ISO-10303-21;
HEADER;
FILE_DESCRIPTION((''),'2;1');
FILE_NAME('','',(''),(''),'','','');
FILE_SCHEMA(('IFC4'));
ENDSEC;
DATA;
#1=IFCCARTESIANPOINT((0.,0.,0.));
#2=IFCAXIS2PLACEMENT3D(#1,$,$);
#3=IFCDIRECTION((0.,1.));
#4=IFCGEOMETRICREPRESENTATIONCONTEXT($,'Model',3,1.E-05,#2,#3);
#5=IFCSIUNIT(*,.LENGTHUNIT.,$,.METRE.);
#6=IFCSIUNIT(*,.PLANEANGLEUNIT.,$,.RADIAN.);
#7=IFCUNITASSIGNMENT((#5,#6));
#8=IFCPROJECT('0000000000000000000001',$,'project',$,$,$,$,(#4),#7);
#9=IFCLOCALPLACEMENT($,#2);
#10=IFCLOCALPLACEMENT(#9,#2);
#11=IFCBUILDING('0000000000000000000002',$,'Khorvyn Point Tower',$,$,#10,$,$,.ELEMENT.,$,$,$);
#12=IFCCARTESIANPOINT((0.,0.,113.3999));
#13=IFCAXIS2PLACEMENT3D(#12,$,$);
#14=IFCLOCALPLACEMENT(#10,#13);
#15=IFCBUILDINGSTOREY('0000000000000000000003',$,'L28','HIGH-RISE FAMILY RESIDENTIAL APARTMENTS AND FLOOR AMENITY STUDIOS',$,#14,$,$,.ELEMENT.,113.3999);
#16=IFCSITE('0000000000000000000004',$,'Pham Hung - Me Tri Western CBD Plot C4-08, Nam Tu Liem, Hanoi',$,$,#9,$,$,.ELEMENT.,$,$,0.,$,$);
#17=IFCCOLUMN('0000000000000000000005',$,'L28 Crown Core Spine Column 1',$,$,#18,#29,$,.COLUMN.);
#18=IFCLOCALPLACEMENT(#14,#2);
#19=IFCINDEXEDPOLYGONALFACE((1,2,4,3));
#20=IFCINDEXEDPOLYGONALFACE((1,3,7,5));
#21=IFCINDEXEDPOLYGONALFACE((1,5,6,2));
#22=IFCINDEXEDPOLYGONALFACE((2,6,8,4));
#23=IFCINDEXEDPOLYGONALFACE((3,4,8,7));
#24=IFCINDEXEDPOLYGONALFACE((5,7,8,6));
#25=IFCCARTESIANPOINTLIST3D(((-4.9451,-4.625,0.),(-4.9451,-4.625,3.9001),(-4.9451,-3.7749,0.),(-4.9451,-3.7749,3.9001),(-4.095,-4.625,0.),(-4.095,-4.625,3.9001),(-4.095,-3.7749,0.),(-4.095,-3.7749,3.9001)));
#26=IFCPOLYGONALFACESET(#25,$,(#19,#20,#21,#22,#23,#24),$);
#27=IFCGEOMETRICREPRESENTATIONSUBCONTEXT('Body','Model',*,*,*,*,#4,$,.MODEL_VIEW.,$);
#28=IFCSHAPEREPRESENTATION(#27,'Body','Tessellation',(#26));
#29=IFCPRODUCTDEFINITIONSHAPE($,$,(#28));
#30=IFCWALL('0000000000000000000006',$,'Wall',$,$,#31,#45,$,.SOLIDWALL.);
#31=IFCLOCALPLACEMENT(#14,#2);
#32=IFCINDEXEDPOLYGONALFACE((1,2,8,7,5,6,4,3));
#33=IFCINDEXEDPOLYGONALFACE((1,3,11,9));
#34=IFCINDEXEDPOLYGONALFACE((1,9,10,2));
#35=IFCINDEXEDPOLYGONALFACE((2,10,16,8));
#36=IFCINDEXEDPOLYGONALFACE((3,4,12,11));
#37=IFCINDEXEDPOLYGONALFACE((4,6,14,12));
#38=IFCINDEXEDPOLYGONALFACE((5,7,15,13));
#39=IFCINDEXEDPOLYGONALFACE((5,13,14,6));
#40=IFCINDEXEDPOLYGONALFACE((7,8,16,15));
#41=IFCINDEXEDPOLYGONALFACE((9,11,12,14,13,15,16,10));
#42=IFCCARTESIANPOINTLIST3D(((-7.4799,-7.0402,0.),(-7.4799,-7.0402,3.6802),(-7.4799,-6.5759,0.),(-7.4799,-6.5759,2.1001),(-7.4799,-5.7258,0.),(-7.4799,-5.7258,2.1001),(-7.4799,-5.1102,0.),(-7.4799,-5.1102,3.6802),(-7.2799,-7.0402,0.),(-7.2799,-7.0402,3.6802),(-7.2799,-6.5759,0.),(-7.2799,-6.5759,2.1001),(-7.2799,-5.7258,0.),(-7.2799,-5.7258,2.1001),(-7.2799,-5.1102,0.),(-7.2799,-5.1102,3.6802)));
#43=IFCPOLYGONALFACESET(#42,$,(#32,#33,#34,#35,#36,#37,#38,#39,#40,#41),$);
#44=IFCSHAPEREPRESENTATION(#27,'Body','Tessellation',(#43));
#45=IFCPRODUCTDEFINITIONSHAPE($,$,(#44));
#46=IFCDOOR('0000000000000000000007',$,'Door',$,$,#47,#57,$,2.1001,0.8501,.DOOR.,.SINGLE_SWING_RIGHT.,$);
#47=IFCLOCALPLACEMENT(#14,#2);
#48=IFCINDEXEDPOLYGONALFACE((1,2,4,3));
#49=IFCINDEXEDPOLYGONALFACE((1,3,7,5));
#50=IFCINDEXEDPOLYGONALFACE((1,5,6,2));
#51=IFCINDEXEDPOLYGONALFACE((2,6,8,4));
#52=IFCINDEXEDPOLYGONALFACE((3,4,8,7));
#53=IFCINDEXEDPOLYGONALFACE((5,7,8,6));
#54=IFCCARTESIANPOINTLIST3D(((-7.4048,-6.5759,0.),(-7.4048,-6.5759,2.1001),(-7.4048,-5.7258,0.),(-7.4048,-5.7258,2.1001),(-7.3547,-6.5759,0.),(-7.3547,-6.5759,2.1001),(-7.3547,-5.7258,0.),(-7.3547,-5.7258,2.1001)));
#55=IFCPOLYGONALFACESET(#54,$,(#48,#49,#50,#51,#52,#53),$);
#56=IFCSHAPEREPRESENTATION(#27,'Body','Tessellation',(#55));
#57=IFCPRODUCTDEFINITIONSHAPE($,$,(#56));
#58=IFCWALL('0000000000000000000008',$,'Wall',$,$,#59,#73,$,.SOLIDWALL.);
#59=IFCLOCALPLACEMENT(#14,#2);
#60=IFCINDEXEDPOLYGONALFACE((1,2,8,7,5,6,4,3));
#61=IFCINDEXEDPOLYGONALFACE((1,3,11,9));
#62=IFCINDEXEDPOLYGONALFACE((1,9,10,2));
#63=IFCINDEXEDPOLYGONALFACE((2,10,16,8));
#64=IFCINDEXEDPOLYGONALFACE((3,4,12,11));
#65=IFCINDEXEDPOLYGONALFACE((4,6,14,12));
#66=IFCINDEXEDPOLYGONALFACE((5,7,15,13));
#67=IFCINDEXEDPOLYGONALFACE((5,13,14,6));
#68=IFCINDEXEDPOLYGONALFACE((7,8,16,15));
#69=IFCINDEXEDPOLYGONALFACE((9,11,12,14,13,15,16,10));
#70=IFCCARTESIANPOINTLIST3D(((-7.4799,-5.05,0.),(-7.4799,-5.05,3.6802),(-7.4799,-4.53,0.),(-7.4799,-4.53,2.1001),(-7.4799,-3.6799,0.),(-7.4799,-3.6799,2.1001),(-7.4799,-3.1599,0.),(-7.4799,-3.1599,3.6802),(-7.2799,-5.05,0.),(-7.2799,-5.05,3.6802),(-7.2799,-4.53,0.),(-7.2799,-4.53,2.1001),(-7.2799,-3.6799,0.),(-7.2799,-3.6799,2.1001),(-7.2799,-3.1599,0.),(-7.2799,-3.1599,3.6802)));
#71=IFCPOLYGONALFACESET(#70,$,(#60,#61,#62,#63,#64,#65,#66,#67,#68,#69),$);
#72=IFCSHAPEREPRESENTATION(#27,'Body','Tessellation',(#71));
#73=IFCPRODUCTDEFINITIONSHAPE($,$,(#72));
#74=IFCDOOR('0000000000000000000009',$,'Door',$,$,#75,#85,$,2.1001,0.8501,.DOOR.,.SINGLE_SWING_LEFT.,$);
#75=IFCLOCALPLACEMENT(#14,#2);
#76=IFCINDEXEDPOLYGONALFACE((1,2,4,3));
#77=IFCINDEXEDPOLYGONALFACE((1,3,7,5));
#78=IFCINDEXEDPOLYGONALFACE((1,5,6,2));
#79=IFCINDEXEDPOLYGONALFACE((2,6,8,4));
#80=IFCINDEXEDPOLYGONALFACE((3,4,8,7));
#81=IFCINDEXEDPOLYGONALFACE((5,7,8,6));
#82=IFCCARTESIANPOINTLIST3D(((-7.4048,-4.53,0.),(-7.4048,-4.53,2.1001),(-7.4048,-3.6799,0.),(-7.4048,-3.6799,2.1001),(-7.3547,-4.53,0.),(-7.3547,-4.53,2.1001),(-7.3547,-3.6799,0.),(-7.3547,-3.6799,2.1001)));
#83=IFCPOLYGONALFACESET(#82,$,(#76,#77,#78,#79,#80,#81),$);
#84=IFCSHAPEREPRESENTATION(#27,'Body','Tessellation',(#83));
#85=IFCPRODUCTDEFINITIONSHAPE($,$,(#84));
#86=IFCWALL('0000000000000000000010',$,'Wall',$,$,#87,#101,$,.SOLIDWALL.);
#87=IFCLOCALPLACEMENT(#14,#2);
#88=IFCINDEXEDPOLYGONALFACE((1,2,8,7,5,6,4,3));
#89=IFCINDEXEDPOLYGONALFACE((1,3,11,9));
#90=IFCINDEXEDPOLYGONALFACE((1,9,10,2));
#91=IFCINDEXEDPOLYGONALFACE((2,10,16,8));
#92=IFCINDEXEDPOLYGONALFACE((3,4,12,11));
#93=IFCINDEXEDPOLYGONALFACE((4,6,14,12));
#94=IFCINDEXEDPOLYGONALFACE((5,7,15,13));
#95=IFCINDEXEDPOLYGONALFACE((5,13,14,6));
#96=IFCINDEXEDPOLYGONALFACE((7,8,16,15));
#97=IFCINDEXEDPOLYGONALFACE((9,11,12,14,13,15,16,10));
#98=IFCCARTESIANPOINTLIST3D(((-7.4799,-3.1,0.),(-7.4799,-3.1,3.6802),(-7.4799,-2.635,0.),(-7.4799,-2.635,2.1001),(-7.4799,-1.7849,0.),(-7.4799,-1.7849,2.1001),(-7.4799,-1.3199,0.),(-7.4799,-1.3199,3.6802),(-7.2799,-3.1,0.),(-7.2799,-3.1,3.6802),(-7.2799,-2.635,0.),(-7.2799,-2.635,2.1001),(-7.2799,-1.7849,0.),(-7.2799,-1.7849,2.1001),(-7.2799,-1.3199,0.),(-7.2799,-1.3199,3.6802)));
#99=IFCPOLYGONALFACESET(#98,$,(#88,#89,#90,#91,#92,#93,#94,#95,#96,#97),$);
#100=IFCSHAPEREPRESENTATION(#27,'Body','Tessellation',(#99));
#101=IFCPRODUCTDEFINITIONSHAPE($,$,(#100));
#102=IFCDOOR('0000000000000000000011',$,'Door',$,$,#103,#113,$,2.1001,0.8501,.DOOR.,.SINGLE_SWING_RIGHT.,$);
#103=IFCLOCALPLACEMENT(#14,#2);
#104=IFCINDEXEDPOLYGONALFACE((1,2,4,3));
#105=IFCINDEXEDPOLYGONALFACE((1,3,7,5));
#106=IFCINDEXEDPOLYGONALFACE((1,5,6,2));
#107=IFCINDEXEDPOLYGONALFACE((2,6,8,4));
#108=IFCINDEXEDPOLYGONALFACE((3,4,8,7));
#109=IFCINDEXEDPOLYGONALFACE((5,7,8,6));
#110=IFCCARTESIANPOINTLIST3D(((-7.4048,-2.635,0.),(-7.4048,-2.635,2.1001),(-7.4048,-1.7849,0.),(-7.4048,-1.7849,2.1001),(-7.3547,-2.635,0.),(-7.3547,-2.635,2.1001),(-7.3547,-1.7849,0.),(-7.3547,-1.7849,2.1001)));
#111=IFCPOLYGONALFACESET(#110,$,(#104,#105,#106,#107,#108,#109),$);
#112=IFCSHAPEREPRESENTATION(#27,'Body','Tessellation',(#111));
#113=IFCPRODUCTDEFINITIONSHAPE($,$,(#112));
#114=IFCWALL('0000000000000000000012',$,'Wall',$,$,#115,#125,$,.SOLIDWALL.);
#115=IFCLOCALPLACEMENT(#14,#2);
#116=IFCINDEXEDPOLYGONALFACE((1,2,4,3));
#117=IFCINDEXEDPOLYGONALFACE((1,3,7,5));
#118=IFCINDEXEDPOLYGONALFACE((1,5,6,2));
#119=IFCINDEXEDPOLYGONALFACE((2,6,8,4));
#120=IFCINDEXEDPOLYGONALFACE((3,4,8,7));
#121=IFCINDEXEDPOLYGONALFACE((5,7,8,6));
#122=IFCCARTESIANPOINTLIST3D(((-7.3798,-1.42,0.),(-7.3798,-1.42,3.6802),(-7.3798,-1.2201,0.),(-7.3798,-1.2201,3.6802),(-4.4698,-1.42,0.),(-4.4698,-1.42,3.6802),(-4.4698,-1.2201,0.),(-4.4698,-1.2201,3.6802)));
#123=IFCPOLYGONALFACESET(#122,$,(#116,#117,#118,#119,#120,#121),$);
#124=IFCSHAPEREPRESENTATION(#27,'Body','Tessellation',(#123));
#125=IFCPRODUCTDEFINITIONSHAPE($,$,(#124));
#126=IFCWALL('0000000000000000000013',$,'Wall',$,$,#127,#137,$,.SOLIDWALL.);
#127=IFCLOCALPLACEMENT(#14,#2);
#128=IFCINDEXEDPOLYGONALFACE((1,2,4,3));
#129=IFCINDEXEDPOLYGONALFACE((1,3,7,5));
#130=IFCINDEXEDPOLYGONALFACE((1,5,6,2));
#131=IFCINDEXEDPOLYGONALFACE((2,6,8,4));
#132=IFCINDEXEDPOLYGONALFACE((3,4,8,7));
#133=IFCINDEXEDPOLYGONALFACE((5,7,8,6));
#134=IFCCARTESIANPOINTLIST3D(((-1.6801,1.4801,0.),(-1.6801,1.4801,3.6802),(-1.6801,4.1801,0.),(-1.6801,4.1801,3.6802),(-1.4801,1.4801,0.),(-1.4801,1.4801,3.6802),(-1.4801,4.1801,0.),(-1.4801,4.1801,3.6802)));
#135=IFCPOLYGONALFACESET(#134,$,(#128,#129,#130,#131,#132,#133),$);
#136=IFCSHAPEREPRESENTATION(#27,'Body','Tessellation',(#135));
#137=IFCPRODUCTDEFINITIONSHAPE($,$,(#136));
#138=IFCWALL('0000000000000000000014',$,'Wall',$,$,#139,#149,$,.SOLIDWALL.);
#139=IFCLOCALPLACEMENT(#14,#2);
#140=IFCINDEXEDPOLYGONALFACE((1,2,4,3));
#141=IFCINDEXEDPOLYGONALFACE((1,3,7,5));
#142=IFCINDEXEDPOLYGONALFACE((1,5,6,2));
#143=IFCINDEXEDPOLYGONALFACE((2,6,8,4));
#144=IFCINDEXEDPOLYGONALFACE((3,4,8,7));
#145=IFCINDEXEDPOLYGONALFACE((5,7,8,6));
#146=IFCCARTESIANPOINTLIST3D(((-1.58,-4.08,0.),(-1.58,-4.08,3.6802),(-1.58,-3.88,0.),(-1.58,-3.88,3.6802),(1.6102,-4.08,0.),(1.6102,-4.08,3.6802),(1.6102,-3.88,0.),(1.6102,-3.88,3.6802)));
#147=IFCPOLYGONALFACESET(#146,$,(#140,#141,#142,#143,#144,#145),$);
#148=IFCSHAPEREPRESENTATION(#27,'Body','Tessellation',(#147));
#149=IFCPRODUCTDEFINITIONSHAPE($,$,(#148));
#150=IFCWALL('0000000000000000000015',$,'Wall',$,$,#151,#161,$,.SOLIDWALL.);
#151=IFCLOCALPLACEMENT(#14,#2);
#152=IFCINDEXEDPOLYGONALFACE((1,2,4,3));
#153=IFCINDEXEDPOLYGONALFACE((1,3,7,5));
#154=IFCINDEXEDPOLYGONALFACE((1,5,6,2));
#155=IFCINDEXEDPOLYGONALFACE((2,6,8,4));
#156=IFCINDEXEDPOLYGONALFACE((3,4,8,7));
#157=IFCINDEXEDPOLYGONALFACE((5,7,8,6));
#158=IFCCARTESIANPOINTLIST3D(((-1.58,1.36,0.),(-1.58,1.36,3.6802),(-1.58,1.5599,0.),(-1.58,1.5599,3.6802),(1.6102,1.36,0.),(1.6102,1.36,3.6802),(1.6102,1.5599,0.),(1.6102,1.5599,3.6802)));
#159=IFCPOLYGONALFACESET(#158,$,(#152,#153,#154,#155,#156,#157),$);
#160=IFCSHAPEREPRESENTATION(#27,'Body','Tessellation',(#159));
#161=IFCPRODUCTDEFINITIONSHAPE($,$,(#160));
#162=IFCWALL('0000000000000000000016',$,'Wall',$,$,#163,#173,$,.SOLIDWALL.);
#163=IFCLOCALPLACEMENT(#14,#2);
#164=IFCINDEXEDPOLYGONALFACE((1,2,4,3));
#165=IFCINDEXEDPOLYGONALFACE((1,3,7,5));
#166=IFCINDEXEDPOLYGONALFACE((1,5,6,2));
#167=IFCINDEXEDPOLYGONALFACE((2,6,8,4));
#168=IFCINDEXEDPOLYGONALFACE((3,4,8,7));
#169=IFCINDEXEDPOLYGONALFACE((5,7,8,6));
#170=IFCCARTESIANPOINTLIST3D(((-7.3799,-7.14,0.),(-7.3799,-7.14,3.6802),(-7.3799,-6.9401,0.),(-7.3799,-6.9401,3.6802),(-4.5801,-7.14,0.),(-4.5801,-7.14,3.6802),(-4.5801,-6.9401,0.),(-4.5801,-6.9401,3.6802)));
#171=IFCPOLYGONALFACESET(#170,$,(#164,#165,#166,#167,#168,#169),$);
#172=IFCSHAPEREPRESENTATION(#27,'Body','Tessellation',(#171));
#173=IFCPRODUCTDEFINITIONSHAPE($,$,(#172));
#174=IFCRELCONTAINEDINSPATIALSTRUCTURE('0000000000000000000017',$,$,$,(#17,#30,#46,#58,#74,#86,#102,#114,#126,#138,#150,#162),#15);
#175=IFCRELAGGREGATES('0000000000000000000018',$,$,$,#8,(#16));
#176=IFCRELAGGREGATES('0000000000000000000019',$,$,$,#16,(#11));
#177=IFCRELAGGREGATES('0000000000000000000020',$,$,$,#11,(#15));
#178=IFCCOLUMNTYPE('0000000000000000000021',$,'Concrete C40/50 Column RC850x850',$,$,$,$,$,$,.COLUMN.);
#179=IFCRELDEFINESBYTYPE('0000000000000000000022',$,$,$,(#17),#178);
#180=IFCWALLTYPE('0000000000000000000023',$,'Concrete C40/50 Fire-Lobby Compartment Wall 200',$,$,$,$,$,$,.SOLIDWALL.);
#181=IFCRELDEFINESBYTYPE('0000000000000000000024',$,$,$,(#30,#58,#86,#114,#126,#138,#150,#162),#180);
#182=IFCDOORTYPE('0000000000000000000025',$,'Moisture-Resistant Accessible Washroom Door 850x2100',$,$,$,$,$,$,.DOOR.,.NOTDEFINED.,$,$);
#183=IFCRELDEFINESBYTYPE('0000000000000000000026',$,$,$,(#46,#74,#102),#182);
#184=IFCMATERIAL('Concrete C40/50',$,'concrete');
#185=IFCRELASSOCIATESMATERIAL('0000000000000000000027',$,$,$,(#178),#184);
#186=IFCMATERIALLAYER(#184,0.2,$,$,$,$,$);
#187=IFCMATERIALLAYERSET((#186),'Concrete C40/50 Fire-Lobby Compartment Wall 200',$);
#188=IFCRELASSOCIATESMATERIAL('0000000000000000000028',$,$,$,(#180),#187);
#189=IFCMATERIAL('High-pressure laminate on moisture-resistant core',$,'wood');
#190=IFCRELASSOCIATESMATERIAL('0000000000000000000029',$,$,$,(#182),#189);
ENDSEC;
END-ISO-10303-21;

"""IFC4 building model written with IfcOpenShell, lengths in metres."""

from ifc_helpers import new_model, si_unit, direction, frame, frame_2d, origin, origin_2d, place, context, subcontext, project, spatial, rectangle, extrude, material, layer, layer_set, material_profile, profile_set, type_object, element, fill, save


model = new_model("IFC4")

# Units and contexts
model_context = context("Model", 3, precision=1e-05, world=origin(), true_north=direction((0.0, 1.0)))
body_context = subcontext(model_context, "Body", "Model", "MODEL_VIEW")
ifc_project = project(units=[si_unit("LENGTHUNIT", "METRE"), si_unit("PLANEANGLEUNIT", "RADIAN")], contexts=[model_context])

# Site, building, storey
site_placement = place(None, origin())
site = spatial("IfcSite", under=ifc_project, at=site_placement, Name="Pham Hung - Me Tri Western CBD Plot C4-08, Nam Tu Liem, Hanoi", CompositionType="ELEMENT", RefElevation=0.0)
building_placement = place(site_placement, origin())
building = spatial("IfcBuilding", under=site, at=building_placement, Name="Khorvyn Point Tower", CompositionType="ELEMENT")
storey_placement = place(building_placement, frame((0.0, 0.0, 113.3999)))
storey = spatial("IfcBuildingStorey", under=building, at=storey_placement, Name="L28", Description="HIGH-RISE FAMILY RESIDENTIAL APARTMENTS AND FLOOR AMENITY STUDIOS", CompositionType="ELEMENT", Elevation=113.3999)

# Column
ifc_material_1 = material(Name="Concrete C40/50", Category="concrete")
ifc_material_profile = material_profile(ifc_material_1, rectangle(XDim=0.8501, YDim=0.8501, at=origin_2d()))
ifc_profile_set = profile_set([ifc_material_profile], Name="Concrete C40/50 RC850x850")
column_type = type_object("IfcColumnType", Name="Concrete C40/50 Column RC850x850", PredefinedType="COLUMN", material=ifc_profile_set)
column_placement = place(storey_placement, frame((-4.52, -4.2, 0.0), z_axis=(0.0, 0.0, 1.0), x_axis=(1.0, 0.0, 0.0)))
element("IfcColumn", 1, at=column_placement, inside=storey, type_object=column_type, Name="L28 Crown Core Spine Column 1", PredefinedType="COLUMN", context=body_context, shape_type="SweptSolid", body=[
    extrude(rectangle(XDim=0.8501, YDim=0.8501, at=origin_2d()), origin(), (0.0, 0.0, 1.0), 3.9001),
])

# Walls, openings, doors
ifc_layer_1 = layer(ifc_material_1, 0.2)
ifc_layer_set_1 = layer_set([ifc_layer_1], Name="Concrete C40/50 Fire-Lobby Compartment Wall 200")
wall_type_1 = type_object("IfcWallType", Name="Concrete C40/50 Fire-Lobby Compartment Wall 200", PredefinedType="SOLIDWALL", material=ifc_layer_set_1)
wall_1_placement = place(storey_placement, frame((-7.3799, -7.04, 0.0), z_axis=(0.0, 0.0, 1.0), x_axis=(0.0, 1.0, 0.0)))
wall_1 = element("IfcWall", 2, at=wall_1_placement, inside=storey, type_object=wall_type_1, Name="Wall", PredefinedType="SOLIDWALL", context=body_context, shape_type="SweptSolid", body=[
    extrude(rectangle(XDim=1.9299, YDim=0.2, at=frame_2d((0.9648, 0.0))), origin(), (0.0, 0.0, 1.0), 3.6802),
])
opening_1_placement = place(wall_1_placement, frame((0.4641, 0.0, 0.0)))
opening_1 = element("IfcOpeningElement", 3, at=opening_1_placement, cuts=wall_1, PredefinedType="OPENING", context=body_context, shape_type="SweptSolid", body=[
    extrude(rectangle(XDim=0.8501, YDim=2.1001, at=frame_2d((0.425, 1.05))), frame((0.0, 0.1099, 0.0), z_axis=(0.0, -1.0, 0.0), x_axis=(1.0, 0.0, 0.0)), (0.0, 0.0, 1.0), 0.22),
])
ifc_material_2 = material(Name="High-pressure laminate on moisture-resistant core", Category="wood")
door_type_1 = type_object("IfcDoorType", Name="Moisture-Resistant Accessible Washroom Door 850x2100", OperationType="NOTDEFINED", PredefinedType="DOOR", material=ifc_material_2)
door_1_placement = place(opening_1_placement, origin())
door_1 = element("IfcDoor", 4, at=door_1_placement, inside=storey, type_object=door_type_1, Name="Door", OperationType="SINGLE_SWING_RIGHT", OverallHeight=2.1001, OverallWidth=0.8501, PredefinedType="DOOR", context=body_context, shape_type="SweptSolid", body=[
    extrude(rectangle(XDim=0.8501, YDim=2.1001, at=frame_2d((0.425, 1.05))), frame((0.0, 0.0249, 0.0), z_axis=(0.0, -1.0, 0.0), x_axis=(1.0, 0.0, 0.0)), (0.0, 0.0, 1.0), 0.05),
])
fill(opening_1, door_1)
wall_2_placement = place(storey_placement, frame((-7.3799, -5.05, 0.0), z_axis=(0.0, 0.0, 1.0), x_axis=(0.0, 1.0, 0.0)))
wall_2 = element("IfcWall", 5, at=wall_2_placement, inside=storey, type_object=wall_type_1, Name="Wall", PredefinedType="SOLIDWALL", context=body_context, shape_type="SweptSolid", body=[
    extrude(rectangle(XDim=1.8901, YDim=0.2, at=frame_2d((0.9451, 0.0))), origin(), (0.0, 0.0, 1.0), 3.6802),
])
opening_2_placement = place(wall_2_placement, frame((0.52, 0.0, 0.0)))
opening_2 = element("IfcOpeningElement", 6, at=opening_2_placement, cuts=wall_2, PredefinedType="OPENING", context=body_context, shape_type="SweptSolid", body=[
    extrude(rectangle(XDim=0.8501, YDim=2.1001, at=frame_2d((0.425, 1.05))), frame((0.0, 0.1099, 0.0), z_axis=(0.0, -1.0, 0.0), x_axis=(1.0, 0.0, 0.0)), (0.0, 0.0, 1.0), 0.22),
])
door_2_placement = place(opening_2_placement, origin())
door_2 = element("IfcDoor", 7, at=door_2_placement, inside=storey, type_object=door_type_1, Name="Door", OperationType="SINGLE_SWING_LEFT", OverallHeight=2.1001, OverallWidth=0.8501, PredefinedType="DOOR", context=body_context, shape_type="SweptSolid", body=[
    extrude(rectangle(XDim=0.8501, YDim=2.1001, at=frame_2d((0.425, 1.05))), frame((0.0, 0.0249, 0.0), z_axis=(0.0, -1.0, 0.0), x_axis=(1.0, 0.0, 0.0)), (0.0, 0.0, 1.0), 0.05),
])
fill(opening_2, door_2)
wall_3_placement = place(storey_placement, frame((-7.3799, -3.1001, 0.0), z_axis=(0.0, 0.0, 1.0), x_axis=(0.0, 1.0, 0.0)))
wall_3 = element("IfcWall", 8, at=wall_3_placement, inside=storey, type_object=wall_type_1, Name="Wall", PredefinedType="SOLIDWALL", context=body_context, shape_type="SweptSolid", body=[
    extrude(rectangle(XDim=1.78, YDim=0.2, at=frame_2d((0.8901, 0.0))), origin(), (0.0, 0.0, 1.0), 3.6802),
])
opening_3_placement = place(wall_3_placement, frame((0.4651, 0.0, 0.0)))
opening_3 = element("IfcOpeningElement", 9, at=opening_3_placement, cuts=wall_3, PredefinedType="OPENING", context=body_context, shape_type="SweptSolid", body=[
    extrude(rectangle(XDim=0.8501, YDim=2.1001, at=frame_2d((0.425, 1.05))), frame((0.0, 0.1099, 0.0), z_axis=(0.0, -1.0, 0.0), x_axis=(1.0, 0.0, 0.0)), (0.0, 0.0, 1.0), 0.22),
])
door_3_placement = place(opening_3_placement, origin())
door_3 = element("IfcDoor", 10, at=door_3_placement, inside=storey, type_object=door_type_1, Name="Door", OperationType="SINGLE_SWING_RIGHT", OverallHeight=2.1001, OverallWidth=0.8501, PredefinedType="DOOR", context=body_context, shape_type="SweptSolid", body=[
    extrude(rectangle(XDim=0.8501, YDim=2.1001, at=frame_2d((0.425, 1.05))), frame((0.0, 0.0249, 0.0), z_axis=(0.0, -1.0, 0.0), x_axis=(1.0, 0.0, 0.0)), (0.0, 0.0, 1.0), 0.05),
])
fill(opening_3, door_3)

# Walls
wall_4_placement = place(storey_placement, frame((-7.3799, -1.3201, 0.0), z_axis=(0.0, 0.0, 1.0), x_axis=(1.0, 0.0, 0.0)))
element("IfcWall", 11, at=wall_4_placement, inside=storey, type_object=wall_type_1, Name="Wall", PredefinedType="SOLIDWALL", context=body_context, shape_type="SweptSolid", body=[
    extrude(rectangle(XDim=2.9099, YDim=0.2, at=frame_2d((1.4551, 0.0))), origin(), (0.0, 0.0, 1.0), 3.6802),
])
wall_5_placement = place(storey_placement, frame((-1.5801, 1.48, 0.0), z_axis=(0.0, 0.0, 1.0), x_axis=(0.0, 1.0, 0.0)))
element("IfcWall", 12, at=wall_5_placement, inside=storey, type_object=wall_type_1, Name="Wall", PredefinedType="SOLIDWALL", context=body_context, shape_type="SweptSolid", body=[
    extrude(rectangle(XDim=2.7, YDim=0.2, at=frame_2d((1.3501, 0.0))), origin(), (0.0, 0.0, 1.0), 3.6802),
])
for number, where, z_axis, x_axis, name in (
    (13, (-1.5801, -3.98, 0.0), (0.0, 0.0, 1.0), (1.0, 0.0, 0.0), "Wall"),
    (14, (-1.5801, 1.46, 0.0), (0.0, 0.0, 1.0), (1.0, 0.0, 0.0), "Wall"),
):
    element("IfcWall", number, at=place(storey_placement, frame(where, z_axis=z_axis, x_axis=x_axis)), inside=storey, type_object=wall_type_1, Name=name, PredefinedType="SOLIDWALL", context=body_context, shape_type="SweptSolid", body=[
        extrude(rectangle(XDim=3.1902, YDim=0.2, at=frame_2d((1.5952, 0.0))), origin(), (0.0, 0.0, 1.0), 3.6802),
    ])
wall_6_placement = place(storey_placement, frame((-7.3799, -7.04, 0.0), z_axis=(0.0, 0.0, 1.0), x_axis=(1.0, 0.0, 0.0)))
element("IfcWall", 15, at=wall_6_placement, inside=storey, type_object=wall_type_1, Name="Wall", PredefinedType="SOLIDWALL", context=body_context, shape_type="SweptSolid", body=[
    extrude(rectangle(XDim=2.7998, YDim=0.2, at=frame_2d((1.3999, 0.0))), origin(), (0.0, 0.0, 1.0), 3.6802),
])

save(model, "model.ifc")
